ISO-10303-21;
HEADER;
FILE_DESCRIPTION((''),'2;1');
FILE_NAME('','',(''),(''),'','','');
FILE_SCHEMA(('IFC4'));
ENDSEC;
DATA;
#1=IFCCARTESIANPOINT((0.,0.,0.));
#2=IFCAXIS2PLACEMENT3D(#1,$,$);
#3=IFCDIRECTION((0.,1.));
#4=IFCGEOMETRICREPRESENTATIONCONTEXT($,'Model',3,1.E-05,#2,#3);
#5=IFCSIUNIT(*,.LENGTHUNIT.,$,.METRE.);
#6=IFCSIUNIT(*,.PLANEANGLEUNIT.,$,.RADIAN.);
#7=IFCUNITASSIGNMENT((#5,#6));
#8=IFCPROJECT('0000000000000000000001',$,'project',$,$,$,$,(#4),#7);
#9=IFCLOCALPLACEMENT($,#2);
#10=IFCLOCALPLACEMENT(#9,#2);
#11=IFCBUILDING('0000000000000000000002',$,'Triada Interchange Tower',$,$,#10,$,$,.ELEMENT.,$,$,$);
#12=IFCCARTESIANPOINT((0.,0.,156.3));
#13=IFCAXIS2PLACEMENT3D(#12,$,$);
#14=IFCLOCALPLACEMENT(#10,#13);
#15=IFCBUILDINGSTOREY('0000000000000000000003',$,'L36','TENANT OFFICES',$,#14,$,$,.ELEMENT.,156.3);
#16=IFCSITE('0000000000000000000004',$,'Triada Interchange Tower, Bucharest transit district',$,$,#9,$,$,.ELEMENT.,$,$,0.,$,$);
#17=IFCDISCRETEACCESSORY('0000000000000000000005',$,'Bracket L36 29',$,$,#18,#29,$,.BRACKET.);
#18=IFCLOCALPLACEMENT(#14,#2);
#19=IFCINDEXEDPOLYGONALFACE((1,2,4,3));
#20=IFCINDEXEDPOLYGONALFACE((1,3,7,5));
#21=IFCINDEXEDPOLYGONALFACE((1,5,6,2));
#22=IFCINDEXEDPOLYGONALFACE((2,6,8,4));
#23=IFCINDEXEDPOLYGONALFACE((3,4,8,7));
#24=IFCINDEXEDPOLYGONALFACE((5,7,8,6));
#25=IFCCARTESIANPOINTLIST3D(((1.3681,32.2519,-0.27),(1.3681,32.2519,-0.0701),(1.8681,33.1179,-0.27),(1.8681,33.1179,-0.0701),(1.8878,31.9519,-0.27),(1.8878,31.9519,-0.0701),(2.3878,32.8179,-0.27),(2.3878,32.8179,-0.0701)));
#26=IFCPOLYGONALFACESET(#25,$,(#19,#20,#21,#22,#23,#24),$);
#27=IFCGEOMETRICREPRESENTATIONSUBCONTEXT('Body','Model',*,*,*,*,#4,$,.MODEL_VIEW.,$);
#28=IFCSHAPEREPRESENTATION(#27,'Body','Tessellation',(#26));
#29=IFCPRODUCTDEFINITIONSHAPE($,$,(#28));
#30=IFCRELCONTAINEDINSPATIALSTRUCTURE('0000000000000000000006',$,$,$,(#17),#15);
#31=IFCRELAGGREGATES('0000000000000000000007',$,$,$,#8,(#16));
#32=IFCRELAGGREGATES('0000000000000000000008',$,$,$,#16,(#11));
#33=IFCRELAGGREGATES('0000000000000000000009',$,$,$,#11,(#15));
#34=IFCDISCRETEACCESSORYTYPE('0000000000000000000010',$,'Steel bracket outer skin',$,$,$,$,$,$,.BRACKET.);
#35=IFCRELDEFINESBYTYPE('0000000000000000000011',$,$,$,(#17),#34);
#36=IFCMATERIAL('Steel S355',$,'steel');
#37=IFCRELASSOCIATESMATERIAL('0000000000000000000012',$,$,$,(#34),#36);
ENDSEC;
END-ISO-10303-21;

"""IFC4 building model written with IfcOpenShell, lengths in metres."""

from ifc_helpers import new_model, si_unit, direction, frame, origin, origin_2d, place, context, subcontext, project, spatial, rectangle, extrude, material, type_object, element, save


model = new_model("IFC4")

# Units and contexts
model_context = context("Model", 3, precision=1e-05, world=origin(), true_north=direction((0.0, 1.0)))
body_context = subcontext(model_context, "Body", "Model", "MODEL_VIEW")
ifc_project = project(units=[si_unit("LENGTHUNIT", "METRE"), si_unit("PLANEANGLEUNIT", "RADIAN")], contexts=[model_context])

# Site, building, storey
site_placement = place(None, origin())
site = spatial("IfcSite", under=ifc_project, at=site_placement, Name="Triada Interchange Tower, Bucharest transit district", CompositionType="ELEMENT", RefElevation=0.0)
building_placement = place(site_placement, origin())
building = spatial("IfcBuilding", under=site, at=building_placement, Name="Triada Interchange Tower", CompositionType="ELEMENT")
storey_placement = place(building_placement, frame((0.0, 0.0, 156.3)))
storey = spatial("IfcBuildingStorey", under=building, at=storey_placement, Name="L36", Description="TENANT OFFICES", CompositionType="ELEMENT", Elevation=156.3)

# Discrete accessory
ifc_material_1 = material(Name="Steel S355", Category="steel")
discrete_accessory_type = type_object("IfcDiscreteAccessoryType", Name="Steel bracket outer skin", PredefinedType="BRACKET", material=ifc_material_1)
for number, where, z_axis, x_axis, name in (
    (1, (1.8779, 32.5349, -0.27), (0.0, 0.0, 1.0), (-0.866014, 0.500019, 0.0), "Bracket L36 29"),
):
    element("IfcDiscreteAccessory", number, at=place(storey_placement, frame(where, z_axis=z_axis, x_axis=x_axis)), inside=storey, type_object=discrete_accessory_type, Name=name, PredefinedType="BRACKET", context=body_context, shape_type="SweptSolid", body=[
        extrude(rectangle(XDim=0.6001, YDim=1.0, at=origin_2d()), origin(), (0.0, 0.0, 1.0), 0.2),
    ])

save(model, "model.ifc")
